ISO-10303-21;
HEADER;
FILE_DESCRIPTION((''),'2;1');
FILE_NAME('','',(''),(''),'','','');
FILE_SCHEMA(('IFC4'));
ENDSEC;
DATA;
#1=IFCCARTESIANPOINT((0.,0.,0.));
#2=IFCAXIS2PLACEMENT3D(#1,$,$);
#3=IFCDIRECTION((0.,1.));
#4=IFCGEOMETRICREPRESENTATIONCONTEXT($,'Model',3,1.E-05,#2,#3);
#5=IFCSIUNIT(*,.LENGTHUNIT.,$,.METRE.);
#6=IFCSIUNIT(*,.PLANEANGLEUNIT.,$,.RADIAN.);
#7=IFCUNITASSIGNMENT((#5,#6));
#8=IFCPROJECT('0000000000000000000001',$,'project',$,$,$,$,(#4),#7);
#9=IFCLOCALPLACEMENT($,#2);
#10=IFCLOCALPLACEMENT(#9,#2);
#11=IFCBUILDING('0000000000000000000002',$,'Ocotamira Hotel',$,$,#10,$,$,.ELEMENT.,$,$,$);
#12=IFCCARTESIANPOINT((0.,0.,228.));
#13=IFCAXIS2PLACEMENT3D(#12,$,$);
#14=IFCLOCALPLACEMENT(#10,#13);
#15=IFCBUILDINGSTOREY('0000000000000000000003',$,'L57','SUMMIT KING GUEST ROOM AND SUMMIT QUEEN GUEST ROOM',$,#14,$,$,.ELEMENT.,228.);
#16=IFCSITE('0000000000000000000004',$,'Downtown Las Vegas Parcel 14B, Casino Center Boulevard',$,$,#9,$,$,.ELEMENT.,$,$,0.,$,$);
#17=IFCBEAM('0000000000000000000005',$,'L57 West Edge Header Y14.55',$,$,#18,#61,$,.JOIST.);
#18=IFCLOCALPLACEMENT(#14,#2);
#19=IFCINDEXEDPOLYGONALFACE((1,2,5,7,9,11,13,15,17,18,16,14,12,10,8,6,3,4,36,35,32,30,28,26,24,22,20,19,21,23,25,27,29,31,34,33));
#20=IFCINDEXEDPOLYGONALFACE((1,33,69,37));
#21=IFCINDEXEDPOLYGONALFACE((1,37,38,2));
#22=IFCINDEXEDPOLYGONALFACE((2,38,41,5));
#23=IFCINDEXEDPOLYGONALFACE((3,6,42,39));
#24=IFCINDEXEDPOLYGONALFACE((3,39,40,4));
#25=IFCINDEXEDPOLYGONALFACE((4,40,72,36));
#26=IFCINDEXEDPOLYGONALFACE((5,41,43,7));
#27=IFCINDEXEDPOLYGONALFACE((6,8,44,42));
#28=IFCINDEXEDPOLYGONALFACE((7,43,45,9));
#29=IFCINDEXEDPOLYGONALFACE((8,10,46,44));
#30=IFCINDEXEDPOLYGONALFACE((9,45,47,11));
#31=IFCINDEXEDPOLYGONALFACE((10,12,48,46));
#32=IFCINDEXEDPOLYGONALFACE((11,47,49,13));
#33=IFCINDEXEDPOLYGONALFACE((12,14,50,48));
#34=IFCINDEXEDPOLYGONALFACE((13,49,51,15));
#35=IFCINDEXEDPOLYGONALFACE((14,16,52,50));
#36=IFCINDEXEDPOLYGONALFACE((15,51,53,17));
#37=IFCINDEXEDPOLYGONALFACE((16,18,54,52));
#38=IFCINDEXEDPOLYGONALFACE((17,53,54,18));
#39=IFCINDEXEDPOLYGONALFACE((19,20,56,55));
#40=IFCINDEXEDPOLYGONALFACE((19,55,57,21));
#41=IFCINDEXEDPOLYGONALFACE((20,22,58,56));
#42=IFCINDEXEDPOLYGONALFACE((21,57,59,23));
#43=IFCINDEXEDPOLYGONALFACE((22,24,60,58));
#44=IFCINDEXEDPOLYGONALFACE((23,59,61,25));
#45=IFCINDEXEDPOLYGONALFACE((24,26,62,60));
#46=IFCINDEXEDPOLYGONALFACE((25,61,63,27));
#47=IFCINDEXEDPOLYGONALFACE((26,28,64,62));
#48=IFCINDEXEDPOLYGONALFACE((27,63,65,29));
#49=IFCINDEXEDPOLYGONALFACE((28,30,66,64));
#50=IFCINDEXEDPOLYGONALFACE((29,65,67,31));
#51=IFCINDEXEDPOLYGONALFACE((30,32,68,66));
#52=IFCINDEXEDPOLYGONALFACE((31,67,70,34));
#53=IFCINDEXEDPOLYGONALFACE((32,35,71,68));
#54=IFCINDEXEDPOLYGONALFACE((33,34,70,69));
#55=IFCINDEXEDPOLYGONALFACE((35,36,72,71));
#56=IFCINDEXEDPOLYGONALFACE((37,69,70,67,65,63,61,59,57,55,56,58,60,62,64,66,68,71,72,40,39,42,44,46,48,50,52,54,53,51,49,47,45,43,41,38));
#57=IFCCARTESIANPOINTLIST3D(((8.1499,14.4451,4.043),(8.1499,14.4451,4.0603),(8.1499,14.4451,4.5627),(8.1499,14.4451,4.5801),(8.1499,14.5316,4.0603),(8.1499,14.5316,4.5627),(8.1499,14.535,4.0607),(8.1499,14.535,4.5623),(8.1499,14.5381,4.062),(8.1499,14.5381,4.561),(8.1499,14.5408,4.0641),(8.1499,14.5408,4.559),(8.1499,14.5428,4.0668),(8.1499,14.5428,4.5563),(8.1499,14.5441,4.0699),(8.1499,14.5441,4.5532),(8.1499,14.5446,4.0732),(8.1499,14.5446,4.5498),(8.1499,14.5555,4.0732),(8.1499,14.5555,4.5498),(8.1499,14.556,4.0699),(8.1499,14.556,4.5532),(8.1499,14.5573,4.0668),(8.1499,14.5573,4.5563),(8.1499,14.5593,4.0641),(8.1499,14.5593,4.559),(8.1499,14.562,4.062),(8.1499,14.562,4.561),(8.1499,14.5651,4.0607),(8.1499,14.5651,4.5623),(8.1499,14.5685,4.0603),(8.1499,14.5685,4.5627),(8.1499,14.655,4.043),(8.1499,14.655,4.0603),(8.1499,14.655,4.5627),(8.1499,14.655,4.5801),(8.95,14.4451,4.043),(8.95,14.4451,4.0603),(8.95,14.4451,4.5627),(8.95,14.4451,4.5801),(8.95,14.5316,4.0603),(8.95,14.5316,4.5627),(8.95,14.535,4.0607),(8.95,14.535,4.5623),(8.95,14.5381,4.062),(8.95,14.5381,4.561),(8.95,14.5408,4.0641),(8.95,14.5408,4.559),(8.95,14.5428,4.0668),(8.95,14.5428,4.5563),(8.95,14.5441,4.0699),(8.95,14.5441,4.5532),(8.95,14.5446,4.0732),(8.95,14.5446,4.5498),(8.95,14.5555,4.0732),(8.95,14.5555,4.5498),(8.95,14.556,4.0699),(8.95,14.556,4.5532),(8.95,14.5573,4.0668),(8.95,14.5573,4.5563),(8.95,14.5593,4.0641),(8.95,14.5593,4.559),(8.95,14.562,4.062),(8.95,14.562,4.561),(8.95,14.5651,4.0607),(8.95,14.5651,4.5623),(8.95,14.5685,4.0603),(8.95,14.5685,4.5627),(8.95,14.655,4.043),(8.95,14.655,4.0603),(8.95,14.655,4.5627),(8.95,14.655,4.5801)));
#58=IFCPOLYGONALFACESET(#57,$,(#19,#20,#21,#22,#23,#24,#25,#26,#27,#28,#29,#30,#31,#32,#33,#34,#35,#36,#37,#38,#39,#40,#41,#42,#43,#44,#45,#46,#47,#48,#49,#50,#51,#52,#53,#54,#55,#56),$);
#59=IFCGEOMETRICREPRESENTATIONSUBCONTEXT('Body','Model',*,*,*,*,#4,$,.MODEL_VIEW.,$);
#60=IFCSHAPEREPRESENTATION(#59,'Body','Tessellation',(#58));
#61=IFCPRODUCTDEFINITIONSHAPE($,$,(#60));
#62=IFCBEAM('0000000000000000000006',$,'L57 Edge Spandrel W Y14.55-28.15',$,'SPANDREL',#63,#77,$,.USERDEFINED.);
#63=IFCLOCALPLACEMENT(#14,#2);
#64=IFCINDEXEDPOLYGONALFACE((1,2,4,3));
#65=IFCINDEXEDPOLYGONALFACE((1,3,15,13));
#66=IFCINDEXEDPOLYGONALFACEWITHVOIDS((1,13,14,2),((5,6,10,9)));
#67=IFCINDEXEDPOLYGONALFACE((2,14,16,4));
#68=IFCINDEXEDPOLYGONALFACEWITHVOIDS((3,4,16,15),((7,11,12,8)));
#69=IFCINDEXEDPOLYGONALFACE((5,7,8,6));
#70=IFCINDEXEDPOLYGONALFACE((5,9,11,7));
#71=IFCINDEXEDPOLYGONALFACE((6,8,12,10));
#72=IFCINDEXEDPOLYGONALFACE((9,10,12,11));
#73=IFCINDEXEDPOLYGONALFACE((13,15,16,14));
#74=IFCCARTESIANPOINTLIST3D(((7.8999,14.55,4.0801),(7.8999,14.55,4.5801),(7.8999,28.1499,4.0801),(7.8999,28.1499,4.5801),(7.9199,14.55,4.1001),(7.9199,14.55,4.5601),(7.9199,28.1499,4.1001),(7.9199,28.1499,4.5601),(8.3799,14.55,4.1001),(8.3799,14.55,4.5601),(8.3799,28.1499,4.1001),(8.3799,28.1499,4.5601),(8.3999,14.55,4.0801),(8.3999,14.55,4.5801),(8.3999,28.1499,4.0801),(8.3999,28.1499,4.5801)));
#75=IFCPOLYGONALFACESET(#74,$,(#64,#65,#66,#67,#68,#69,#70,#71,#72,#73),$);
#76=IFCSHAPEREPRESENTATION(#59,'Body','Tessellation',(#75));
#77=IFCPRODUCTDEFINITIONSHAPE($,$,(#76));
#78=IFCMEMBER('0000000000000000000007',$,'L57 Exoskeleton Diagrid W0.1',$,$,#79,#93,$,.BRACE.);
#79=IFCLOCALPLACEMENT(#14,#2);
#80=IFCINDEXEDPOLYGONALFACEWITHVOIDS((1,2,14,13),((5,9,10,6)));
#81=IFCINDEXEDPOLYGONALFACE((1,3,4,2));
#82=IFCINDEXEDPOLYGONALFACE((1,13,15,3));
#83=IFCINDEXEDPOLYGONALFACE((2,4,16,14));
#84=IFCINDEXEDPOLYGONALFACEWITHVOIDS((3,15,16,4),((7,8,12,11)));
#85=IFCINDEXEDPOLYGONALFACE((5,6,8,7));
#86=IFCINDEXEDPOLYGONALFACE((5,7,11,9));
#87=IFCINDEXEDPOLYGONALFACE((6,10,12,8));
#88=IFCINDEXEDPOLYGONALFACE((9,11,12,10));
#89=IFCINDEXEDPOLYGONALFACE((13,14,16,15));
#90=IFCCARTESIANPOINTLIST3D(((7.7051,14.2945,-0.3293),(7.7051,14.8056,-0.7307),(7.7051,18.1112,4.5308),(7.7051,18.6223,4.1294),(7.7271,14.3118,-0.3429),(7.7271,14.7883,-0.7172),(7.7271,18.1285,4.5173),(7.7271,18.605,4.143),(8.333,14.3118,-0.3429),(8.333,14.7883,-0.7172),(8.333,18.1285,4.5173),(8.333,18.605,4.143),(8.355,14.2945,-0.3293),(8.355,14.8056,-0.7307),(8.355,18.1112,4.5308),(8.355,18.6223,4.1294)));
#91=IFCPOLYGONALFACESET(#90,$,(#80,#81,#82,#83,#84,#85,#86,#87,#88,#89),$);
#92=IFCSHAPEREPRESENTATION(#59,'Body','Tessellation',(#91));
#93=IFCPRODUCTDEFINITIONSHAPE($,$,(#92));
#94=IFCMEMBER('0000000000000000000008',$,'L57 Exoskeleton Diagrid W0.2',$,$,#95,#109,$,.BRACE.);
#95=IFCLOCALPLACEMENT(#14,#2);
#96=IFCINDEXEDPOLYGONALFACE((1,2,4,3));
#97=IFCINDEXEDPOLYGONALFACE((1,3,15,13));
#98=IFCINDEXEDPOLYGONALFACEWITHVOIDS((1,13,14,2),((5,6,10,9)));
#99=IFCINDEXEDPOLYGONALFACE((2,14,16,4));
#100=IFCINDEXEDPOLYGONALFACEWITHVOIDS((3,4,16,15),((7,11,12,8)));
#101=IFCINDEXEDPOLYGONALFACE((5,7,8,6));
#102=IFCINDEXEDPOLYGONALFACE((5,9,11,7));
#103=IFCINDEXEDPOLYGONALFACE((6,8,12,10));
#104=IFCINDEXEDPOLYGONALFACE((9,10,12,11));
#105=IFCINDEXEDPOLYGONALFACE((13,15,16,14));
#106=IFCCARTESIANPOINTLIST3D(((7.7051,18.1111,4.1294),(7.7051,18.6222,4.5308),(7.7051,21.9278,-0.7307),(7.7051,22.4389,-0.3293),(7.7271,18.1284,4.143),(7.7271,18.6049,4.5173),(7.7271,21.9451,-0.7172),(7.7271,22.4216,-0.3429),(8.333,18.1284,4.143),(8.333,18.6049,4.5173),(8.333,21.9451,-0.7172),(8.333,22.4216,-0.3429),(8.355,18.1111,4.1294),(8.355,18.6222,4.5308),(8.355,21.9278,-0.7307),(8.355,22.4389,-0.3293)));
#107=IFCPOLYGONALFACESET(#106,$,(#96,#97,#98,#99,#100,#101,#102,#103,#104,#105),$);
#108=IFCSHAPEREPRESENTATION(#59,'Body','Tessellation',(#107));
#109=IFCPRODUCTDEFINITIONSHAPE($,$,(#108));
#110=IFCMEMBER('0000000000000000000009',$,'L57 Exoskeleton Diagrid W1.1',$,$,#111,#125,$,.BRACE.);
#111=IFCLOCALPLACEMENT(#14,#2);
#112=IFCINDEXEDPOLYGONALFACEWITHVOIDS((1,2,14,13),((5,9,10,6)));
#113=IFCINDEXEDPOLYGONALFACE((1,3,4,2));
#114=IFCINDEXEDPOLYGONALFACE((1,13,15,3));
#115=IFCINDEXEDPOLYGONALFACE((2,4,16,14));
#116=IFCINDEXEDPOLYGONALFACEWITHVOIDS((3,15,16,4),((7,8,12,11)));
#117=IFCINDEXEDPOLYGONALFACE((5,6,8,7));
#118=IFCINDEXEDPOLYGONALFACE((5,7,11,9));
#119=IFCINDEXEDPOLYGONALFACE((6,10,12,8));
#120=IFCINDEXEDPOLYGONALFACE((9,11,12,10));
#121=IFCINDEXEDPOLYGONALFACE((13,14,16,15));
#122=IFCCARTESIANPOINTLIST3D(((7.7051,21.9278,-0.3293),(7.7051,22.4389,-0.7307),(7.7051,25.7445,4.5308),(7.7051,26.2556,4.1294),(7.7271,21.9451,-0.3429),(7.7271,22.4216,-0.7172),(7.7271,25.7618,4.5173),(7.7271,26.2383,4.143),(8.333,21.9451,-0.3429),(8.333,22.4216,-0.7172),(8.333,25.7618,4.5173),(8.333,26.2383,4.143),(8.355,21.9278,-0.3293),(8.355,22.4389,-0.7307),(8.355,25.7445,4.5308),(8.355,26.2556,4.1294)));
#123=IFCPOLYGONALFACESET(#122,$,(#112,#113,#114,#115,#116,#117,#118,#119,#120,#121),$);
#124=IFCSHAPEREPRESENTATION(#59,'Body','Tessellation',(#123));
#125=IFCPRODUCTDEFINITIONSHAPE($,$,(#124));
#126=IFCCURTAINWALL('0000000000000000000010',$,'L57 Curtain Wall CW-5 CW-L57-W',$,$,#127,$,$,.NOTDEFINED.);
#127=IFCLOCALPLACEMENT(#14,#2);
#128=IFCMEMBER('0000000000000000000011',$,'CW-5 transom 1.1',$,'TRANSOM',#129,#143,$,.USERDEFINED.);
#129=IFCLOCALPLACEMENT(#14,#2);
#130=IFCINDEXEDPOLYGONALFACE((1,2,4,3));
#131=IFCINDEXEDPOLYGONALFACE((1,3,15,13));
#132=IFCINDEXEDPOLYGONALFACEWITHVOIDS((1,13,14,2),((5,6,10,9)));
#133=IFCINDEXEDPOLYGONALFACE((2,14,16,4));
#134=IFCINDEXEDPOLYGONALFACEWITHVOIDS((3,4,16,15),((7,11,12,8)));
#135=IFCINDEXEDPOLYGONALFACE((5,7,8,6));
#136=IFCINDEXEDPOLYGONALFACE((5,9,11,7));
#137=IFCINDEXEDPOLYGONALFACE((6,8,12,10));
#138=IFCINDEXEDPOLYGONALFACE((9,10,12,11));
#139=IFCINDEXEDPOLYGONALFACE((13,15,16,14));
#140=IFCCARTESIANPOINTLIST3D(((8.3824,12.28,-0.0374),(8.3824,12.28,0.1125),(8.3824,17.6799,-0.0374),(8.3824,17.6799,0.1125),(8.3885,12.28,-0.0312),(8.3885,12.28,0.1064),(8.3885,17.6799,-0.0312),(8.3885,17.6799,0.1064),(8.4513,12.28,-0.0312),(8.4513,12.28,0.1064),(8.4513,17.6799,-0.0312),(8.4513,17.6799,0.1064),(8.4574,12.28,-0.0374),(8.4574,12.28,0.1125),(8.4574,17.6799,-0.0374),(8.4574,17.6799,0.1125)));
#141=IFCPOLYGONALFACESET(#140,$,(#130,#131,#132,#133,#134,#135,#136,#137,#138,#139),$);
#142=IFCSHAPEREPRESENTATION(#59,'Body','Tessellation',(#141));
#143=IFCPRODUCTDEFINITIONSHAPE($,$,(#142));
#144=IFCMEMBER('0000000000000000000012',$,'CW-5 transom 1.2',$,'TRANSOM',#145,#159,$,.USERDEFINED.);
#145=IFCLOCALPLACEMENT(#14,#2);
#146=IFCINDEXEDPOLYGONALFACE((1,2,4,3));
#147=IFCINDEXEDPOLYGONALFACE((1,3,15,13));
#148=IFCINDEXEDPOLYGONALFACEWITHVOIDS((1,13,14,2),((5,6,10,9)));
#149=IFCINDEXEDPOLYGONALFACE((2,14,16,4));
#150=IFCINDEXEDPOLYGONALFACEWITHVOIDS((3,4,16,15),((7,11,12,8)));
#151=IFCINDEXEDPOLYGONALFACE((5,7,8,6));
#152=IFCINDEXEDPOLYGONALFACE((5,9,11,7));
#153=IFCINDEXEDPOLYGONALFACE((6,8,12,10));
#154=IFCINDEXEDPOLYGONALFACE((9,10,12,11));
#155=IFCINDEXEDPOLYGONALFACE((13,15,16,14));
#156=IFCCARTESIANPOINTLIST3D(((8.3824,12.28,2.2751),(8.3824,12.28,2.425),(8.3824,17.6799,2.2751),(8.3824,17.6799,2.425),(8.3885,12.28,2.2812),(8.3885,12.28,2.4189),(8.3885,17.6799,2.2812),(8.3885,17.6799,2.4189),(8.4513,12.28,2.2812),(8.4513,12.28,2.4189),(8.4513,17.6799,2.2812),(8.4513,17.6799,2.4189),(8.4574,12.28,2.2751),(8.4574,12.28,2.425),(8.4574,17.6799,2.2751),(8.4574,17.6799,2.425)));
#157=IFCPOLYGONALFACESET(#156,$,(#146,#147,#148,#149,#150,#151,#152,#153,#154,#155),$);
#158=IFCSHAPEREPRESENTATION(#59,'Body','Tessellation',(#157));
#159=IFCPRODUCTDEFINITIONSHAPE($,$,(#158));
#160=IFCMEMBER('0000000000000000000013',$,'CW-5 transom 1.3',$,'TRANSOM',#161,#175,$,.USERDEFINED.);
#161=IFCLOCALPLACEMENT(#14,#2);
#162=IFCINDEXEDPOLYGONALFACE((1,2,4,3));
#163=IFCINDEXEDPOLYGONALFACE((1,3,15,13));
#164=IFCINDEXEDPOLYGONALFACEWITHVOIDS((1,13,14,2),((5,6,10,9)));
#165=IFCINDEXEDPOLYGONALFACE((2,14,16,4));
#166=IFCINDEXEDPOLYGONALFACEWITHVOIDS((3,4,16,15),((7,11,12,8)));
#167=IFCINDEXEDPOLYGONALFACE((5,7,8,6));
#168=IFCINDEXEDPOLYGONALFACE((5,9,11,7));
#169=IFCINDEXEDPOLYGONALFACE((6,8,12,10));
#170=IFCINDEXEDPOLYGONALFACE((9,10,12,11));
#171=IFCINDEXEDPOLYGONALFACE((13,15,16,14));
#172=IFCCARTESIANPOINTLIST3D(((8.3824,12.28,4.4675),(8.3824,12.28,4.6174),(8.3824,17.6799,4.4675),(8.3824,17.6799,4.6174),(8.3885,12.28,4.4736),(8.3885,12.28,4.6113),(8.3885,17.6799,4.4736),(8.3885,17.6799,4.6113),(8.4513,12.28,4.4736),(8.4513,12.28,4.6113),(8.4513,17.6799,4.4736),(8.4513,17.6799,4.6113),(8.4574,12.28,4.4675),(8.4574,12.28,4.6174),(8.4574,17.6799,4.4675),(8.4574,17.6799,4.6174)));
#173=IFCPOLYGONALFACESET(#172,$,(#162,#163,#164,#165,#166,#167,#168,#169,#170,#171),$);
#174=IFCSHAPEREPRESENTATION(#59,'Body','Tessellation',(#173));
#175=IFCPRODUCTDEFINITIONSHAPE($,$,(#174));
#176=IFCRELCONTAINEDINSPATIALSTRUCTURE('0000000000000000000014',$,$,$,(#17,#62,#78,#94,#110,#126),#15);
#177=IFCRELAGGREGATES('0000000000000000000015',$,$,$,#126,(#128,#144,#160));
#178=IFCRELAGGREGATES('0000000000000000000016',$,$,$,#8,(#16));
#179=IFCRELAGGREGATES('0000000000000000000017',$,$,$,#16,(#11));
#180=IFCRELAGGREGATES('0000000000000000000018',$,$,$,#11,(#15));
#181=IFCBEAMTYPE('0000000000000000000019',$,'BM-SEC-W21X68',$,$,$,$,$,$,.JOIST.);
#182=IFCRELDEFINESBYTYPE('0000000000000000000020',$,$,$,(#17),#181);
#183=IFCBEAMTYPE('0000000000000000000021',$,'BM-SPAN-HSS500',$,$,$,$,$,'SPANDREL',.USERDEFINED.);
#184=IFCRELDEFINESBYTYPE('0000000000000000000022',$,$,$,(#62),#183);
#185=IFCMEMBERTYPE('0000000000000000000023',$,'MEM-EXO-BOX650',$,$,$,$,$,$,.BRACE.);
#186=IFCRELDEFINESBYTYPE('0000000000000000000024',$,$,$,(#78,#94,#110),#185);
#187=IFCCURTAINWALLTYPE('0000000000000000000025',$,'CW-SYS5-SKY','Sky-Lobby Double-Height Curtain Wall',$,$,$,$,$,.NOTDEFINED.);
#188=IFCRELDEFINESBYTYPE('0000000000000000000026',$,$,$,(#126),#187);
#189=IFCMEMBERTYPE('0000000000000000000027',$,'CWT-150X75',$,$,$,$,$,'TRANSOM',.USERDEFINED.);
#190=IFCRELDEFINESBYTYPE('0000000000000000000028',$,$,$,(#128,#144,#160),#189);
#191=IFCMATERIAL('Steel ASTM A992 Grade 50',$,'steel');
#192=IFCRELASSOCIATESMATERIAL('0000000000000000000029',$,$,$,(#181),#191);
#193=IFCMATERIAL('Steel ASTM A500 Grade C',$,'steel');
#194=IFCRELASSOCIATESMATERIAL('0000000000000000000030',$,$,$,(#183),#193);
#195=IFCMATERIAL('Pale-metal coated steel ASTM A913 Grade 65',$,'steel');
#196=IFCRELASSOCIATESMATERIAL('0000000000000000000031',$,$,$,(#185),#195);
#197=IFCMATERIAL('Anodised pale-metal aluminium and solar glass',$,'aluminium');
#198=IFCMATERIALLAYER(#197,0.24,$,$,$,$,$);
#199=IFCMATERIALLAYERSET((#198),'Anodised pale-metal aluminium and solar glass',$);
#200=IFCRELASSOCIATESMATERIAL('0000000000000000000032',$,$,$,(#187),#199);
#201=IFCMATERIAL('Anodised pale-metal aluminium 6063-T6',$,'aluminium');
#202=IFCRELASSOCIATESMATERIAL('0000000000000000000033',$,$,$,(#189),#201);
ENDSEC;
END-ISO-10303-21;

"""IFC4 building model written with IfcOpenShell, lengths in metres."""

from ifc_helpers import new_model, si_unit, direction, frame, origin, origin_2d, place, context, subcontext, project, spatial, hollow_rectangle, i_section, extrude, source, transform, mapped, material, layer, layer_set, material_profile, profile_set, type_object, element, aggregate, save


model = new_model("IFC4")

# Units and contexts
model_context = context("Model", 3, precision=1e-05, world=origin(), true_north=direction((0.0, 1.0)))
body_context = subcontext(model_context, "Body", "Model", "MODEL_VIEW")
ifc_project = project(units=[si_unit("LENGTHUNIT", "METRE"), si_unit("PLANEANGLEUNIT", "RADIAN")], contexts=[model_context])

# Site, building, storey
site_placement = place(None, origin())
site = spatial("IfcSite", under=ifc_project, at=site_placement, Name="Downtown Las Vegas Parcel 14B, Casino Center Boulevard", CompositionType="ELEMENT", RefElevation=0.0)
building_placement = place(site_placement, origin())
building = spatial("IfcBuilding", under=site, at=building_placement, Name="Ocotamira Hotel", CompositionType="ELEMENT")
storey_placement = place(building_placement, frame((0.0, 0.0, 228.0)))
storey = spatial("IfcBuildingStorey", under=building, at=storey_placement, Name="L57", Description="SUMMIT KING GUEST ROOM AND SUMMIT QUEEN GUEST ROOM", CompositionType="ELEMENT", Elevation=228.0)

# Beams
ifc_material_1 = material(Name="Steel ASTM A992 Grade 50", Category="steel")
ifc_material_profile_1 = material_profile(ifc_material_1, i_section(OverallWidth=0.21, OverallDepth=0.5371, WebThickness=0.011, FlangeThickness=0.0173, FilletRadius=0.0129, at=origin_2d()), Name="W21X68")
ifc_profile_set_1 = profile_set([ifc_material_profile_1], Name="Steel ASTM A992 Grade 50")
beam_type_1 = type_object("IfcBeamType", Name="BM-SEC-W21X68", PredefinedType="JOIST", material=ifc_profile_set_1)
shared_shape_1 = source(origin(), body_context, "Body", "SweptSolid", [
    extrude(i_section(OverallWidth=0.21, OverallDepth=0.5371, WebThickness=0.011, FlangeThickness=0.0173, FilletRadius=0.0129, at=origin_2d()), origin(), (0.0, 0.0, 1.0), 0.8),
])
beam_1_placement = place(storey_placement, frame((8.95, 14.55, 4.3115), z_axis=(-1.0, 0.0, 0.0), x_axis=(0.0, -1.0, 0.0)))
element("IfcBeam", 1, at=beam_1_placement, inside=storey, type_object=beam_type_1, Name="L57 West Edge Header Y14.55", PredefinedType="JOIST", context=body_context, shape_type="MappedRepresentation", body=[
    mapped(shared_shape_1, transform((0.0, 0.0, 0.0), scale=1.0)),
])
ifc_material_2 = material(Name="Steel ASTM A500 Grade C", Category="steel")
ifc_material_profile_2 = material_profile(ifc_material_2, hollow_rectangle(XDim=0.5, YDim=0.5, WallThickness=0.02, at=origin_2d()), Name="HSS500X500X20")
ifc_profile_set_2 = profile_set([ifc_material_profile_2], Name="Steel ASTM A500 Grade C")
beam_type_2 = type_object("IfcBeamType", Name="BM-SPAN-HSS500", ElementType="SPANDREL", PredefinedType="USERDEFINED", material=ifc_profile_set_2)
shared_shape_2 = source(origin(), body_context, "Body", "SweptSolid", [
    extrude(hollow_rectangle(XDim=0.5, YDim=0.5, WallThickness=0.02, at=origin_2d()), origin(), (0.0, 0.0, 1.0), 13.5999),
])
beam_2_placement = place(storey_placement, frame((8.1499, 14.55, 4.3301), z_axis=(0.0, 1.0, 0.0), x_axis=(-1.0, 0.0, 0.0)))
element("IfcBeam", 2, at=beam_2_placement, inside=storey, type_object=beam_type_2, Name="L57 Edge Spandrel W Y14.55-28.15", ObjectType="SPANDREL", PredefinedType="USERDEFINED", context=body_context, shape_type="MappedRepresentation", body=[
    mapped(shared_shape_2, transform((0.0, 0.0, 0.0), scale=1.0)),
])

# Members
ifc_material_3 = material(Name="Pale-metal coated steel ASTM A913 Grade 65", Category="steel")
ifc_material_profile_3 = material_profile(ifc_material_3, hollow_rectangle(XDim=0.6499, YDim=0.6499, WallThickness=0.022, at=origin_2d()), Name="BOX650X650X22")
ifc_profile_set_3 = profile_set([ifc_material_profile_3], Name="Pale-metal coated steel ASTM A913 Grade 65")
member_type_1 = type_object("IfcMemberType", Name="MEM-EXO-BOX650", PredefinedType="BRACE", material=ifc_profile_set_3)
shared_shape_3 = source(origin(), body_context, "Body", "SweptSolid", [
    extrude(hollow_rectangle(XDim=0.6499, YDim=0.6499, WallThickness=0.022, at=origin_2d()), origin(), (0.0, 0.0, 1.0), 6.1797),
])
for number, where, z_axis, x_axis, name in (
    (3, (8.03, 14.55, -0.53), (0.0, 0.617621, 0.786476), (-1.0, 0.0, 0.0), "L57 Exoskeleton Diagrid W0.1"),
    (4, (8.03, 22.1833, -0.53), (0.0, -0.617621, 0.786476), (1.0, 0.0, 0.0), "L57 Exoskeleton Diagrid W0.2"),
    (5, (8.03, 22.1833, -0.53), (0.0, 0.617621, 0.786476), (-1.0, 0.0, 0.0), "L57 Exoskeleton Diagrid W1.1"),
):
    element("IfcMember", number, at=place(storey_placement, frame(where, z_axis=z_axis, x_axis=x_axis)), inside=storey, type_object=member_type_1, Name=name, PredefinedType="BRACE", context=body_context, shape_type="MappedRepresentation", body=[
        mapped(shared_shape_3, transform((0.0, 0.0, 0.0), scale=1.0)),
    ])

# Curtain wall, members
ifc_material_4 = material(Name="Anodised pale-metal aluminium and solar glass", Category="aluminium")
ifc_layer_1 = layer(ifc_material_4, 0.24)
ifc_layer_set_1 = layer_set([ifc_layer_1], Name="Anodised pale-metal aluminium and solar glass")
curtain_wall_type = type_object("IfcCurtainWallType", Name="CW-SYS5-SKY", Description="Sky-Lobby Double-Height Curtain Wall", PredefinedType="NOTDEFINED", material=ifc_layer_set_1)
curtain_wall_placement = place(storey_placement, origin())
curtain_wall = element("IfcCurtainWall", 6, at=curtain_wall_placement, inside=storey, type_object=curtain_wall_type, Name="L57 Curtain Wall CW-5 CW-L57-W", PredefinedType="NOTDEFINED")
ifc_material_5 = material(Name="Anodised pale-metal aluminium 6063-T6", Category="aluminium")
ifc_material_profile_4 = material_profile(ifc_material_5, hollow_rectangle(XDim=0.075, YDim=0.1499, WallThickness=0.0061, at=origin_2d()), Name="HSS150X75X6")
ifc_profile_set_4 = profile_set([ifc_material_profile_4], Name="Anodised pale-metal aluminium 6063-T6")
member_type_2 = type_object("IfcMemberType", Name="CWT-150X75", ElementType="TRANSOM", PredefinedType="USERDEFINED", material=ifc_profile_set_4)
shared_shape_4 = source(origin(), body_context, "Body", "SweptSolid", [
    extrude(hollow_rectangle(XDim=0.075, YDim=0.1499, WallThickness=0.0061, at=origin_2d()), origin(), (0.0, 0.0, 1.0), 5.3999),
])
member_1_placement = place(storey_placement, frame((8.4199, 12.28, 0.0376), z_axis=(0.0, 1.0, 0.0), x_axis=(-1.0, 0.0, 0.0)))
member_1 = element("IfcMember", 7, at=member_1_placement, type_object=member_type_2, Name="CW-5 transom 1.1", ObjectType="TRANSOM", PredefinedType="USERDEFINED", context=body_context, shape_type="MappedRepresentation", body=[
    mapped(shared_shape_4, transform((0.0, 0.0, 0.0), scale=1.0)),
])
member_2_placement = place(storey_placement, frame((8.4199, 12.28, 2.3501), z_axis=(0.0, 1.0, 0.0), x_axis=(-1.0, 0.0, 0.0)))
member_2 = element("IfcMember", 8, at=member_2_placement, type_object=member_type_2, Name="CW-5 transom 1.2", ObjectType="TRANSOM", PredefinedType="USERDEFINED", context=body_context, shape_type="MappedRepresentation", body=[
    mapped(shared_shape_4, transform((0.0, 0.0, 0.0), scale=1.0)),
])
member_3_placement = place(storey_placement, frame((8.4199, 12.28, 4.5425), z_axis=(0.0, 1.0, 0.0), x_axis=(-1.0, 0.0, 0.0)))
member_3 = element("IfcMember", 9, at=member_3_placement, type_object=member_type_2, Name="CW-5 transom 1.3", ObjectType="TRANSOM", PredefinedType="USERDEFINED", context=body_context, shape_type="MappedRepresentation", body=[
    mapped(shared_shape_4, transform((0.0, 0.0, 0.0), scale=1.0)),
])

aggregate(curtain_wall, [member_1, member_2, member_3])

save(model, "model.ifc")
